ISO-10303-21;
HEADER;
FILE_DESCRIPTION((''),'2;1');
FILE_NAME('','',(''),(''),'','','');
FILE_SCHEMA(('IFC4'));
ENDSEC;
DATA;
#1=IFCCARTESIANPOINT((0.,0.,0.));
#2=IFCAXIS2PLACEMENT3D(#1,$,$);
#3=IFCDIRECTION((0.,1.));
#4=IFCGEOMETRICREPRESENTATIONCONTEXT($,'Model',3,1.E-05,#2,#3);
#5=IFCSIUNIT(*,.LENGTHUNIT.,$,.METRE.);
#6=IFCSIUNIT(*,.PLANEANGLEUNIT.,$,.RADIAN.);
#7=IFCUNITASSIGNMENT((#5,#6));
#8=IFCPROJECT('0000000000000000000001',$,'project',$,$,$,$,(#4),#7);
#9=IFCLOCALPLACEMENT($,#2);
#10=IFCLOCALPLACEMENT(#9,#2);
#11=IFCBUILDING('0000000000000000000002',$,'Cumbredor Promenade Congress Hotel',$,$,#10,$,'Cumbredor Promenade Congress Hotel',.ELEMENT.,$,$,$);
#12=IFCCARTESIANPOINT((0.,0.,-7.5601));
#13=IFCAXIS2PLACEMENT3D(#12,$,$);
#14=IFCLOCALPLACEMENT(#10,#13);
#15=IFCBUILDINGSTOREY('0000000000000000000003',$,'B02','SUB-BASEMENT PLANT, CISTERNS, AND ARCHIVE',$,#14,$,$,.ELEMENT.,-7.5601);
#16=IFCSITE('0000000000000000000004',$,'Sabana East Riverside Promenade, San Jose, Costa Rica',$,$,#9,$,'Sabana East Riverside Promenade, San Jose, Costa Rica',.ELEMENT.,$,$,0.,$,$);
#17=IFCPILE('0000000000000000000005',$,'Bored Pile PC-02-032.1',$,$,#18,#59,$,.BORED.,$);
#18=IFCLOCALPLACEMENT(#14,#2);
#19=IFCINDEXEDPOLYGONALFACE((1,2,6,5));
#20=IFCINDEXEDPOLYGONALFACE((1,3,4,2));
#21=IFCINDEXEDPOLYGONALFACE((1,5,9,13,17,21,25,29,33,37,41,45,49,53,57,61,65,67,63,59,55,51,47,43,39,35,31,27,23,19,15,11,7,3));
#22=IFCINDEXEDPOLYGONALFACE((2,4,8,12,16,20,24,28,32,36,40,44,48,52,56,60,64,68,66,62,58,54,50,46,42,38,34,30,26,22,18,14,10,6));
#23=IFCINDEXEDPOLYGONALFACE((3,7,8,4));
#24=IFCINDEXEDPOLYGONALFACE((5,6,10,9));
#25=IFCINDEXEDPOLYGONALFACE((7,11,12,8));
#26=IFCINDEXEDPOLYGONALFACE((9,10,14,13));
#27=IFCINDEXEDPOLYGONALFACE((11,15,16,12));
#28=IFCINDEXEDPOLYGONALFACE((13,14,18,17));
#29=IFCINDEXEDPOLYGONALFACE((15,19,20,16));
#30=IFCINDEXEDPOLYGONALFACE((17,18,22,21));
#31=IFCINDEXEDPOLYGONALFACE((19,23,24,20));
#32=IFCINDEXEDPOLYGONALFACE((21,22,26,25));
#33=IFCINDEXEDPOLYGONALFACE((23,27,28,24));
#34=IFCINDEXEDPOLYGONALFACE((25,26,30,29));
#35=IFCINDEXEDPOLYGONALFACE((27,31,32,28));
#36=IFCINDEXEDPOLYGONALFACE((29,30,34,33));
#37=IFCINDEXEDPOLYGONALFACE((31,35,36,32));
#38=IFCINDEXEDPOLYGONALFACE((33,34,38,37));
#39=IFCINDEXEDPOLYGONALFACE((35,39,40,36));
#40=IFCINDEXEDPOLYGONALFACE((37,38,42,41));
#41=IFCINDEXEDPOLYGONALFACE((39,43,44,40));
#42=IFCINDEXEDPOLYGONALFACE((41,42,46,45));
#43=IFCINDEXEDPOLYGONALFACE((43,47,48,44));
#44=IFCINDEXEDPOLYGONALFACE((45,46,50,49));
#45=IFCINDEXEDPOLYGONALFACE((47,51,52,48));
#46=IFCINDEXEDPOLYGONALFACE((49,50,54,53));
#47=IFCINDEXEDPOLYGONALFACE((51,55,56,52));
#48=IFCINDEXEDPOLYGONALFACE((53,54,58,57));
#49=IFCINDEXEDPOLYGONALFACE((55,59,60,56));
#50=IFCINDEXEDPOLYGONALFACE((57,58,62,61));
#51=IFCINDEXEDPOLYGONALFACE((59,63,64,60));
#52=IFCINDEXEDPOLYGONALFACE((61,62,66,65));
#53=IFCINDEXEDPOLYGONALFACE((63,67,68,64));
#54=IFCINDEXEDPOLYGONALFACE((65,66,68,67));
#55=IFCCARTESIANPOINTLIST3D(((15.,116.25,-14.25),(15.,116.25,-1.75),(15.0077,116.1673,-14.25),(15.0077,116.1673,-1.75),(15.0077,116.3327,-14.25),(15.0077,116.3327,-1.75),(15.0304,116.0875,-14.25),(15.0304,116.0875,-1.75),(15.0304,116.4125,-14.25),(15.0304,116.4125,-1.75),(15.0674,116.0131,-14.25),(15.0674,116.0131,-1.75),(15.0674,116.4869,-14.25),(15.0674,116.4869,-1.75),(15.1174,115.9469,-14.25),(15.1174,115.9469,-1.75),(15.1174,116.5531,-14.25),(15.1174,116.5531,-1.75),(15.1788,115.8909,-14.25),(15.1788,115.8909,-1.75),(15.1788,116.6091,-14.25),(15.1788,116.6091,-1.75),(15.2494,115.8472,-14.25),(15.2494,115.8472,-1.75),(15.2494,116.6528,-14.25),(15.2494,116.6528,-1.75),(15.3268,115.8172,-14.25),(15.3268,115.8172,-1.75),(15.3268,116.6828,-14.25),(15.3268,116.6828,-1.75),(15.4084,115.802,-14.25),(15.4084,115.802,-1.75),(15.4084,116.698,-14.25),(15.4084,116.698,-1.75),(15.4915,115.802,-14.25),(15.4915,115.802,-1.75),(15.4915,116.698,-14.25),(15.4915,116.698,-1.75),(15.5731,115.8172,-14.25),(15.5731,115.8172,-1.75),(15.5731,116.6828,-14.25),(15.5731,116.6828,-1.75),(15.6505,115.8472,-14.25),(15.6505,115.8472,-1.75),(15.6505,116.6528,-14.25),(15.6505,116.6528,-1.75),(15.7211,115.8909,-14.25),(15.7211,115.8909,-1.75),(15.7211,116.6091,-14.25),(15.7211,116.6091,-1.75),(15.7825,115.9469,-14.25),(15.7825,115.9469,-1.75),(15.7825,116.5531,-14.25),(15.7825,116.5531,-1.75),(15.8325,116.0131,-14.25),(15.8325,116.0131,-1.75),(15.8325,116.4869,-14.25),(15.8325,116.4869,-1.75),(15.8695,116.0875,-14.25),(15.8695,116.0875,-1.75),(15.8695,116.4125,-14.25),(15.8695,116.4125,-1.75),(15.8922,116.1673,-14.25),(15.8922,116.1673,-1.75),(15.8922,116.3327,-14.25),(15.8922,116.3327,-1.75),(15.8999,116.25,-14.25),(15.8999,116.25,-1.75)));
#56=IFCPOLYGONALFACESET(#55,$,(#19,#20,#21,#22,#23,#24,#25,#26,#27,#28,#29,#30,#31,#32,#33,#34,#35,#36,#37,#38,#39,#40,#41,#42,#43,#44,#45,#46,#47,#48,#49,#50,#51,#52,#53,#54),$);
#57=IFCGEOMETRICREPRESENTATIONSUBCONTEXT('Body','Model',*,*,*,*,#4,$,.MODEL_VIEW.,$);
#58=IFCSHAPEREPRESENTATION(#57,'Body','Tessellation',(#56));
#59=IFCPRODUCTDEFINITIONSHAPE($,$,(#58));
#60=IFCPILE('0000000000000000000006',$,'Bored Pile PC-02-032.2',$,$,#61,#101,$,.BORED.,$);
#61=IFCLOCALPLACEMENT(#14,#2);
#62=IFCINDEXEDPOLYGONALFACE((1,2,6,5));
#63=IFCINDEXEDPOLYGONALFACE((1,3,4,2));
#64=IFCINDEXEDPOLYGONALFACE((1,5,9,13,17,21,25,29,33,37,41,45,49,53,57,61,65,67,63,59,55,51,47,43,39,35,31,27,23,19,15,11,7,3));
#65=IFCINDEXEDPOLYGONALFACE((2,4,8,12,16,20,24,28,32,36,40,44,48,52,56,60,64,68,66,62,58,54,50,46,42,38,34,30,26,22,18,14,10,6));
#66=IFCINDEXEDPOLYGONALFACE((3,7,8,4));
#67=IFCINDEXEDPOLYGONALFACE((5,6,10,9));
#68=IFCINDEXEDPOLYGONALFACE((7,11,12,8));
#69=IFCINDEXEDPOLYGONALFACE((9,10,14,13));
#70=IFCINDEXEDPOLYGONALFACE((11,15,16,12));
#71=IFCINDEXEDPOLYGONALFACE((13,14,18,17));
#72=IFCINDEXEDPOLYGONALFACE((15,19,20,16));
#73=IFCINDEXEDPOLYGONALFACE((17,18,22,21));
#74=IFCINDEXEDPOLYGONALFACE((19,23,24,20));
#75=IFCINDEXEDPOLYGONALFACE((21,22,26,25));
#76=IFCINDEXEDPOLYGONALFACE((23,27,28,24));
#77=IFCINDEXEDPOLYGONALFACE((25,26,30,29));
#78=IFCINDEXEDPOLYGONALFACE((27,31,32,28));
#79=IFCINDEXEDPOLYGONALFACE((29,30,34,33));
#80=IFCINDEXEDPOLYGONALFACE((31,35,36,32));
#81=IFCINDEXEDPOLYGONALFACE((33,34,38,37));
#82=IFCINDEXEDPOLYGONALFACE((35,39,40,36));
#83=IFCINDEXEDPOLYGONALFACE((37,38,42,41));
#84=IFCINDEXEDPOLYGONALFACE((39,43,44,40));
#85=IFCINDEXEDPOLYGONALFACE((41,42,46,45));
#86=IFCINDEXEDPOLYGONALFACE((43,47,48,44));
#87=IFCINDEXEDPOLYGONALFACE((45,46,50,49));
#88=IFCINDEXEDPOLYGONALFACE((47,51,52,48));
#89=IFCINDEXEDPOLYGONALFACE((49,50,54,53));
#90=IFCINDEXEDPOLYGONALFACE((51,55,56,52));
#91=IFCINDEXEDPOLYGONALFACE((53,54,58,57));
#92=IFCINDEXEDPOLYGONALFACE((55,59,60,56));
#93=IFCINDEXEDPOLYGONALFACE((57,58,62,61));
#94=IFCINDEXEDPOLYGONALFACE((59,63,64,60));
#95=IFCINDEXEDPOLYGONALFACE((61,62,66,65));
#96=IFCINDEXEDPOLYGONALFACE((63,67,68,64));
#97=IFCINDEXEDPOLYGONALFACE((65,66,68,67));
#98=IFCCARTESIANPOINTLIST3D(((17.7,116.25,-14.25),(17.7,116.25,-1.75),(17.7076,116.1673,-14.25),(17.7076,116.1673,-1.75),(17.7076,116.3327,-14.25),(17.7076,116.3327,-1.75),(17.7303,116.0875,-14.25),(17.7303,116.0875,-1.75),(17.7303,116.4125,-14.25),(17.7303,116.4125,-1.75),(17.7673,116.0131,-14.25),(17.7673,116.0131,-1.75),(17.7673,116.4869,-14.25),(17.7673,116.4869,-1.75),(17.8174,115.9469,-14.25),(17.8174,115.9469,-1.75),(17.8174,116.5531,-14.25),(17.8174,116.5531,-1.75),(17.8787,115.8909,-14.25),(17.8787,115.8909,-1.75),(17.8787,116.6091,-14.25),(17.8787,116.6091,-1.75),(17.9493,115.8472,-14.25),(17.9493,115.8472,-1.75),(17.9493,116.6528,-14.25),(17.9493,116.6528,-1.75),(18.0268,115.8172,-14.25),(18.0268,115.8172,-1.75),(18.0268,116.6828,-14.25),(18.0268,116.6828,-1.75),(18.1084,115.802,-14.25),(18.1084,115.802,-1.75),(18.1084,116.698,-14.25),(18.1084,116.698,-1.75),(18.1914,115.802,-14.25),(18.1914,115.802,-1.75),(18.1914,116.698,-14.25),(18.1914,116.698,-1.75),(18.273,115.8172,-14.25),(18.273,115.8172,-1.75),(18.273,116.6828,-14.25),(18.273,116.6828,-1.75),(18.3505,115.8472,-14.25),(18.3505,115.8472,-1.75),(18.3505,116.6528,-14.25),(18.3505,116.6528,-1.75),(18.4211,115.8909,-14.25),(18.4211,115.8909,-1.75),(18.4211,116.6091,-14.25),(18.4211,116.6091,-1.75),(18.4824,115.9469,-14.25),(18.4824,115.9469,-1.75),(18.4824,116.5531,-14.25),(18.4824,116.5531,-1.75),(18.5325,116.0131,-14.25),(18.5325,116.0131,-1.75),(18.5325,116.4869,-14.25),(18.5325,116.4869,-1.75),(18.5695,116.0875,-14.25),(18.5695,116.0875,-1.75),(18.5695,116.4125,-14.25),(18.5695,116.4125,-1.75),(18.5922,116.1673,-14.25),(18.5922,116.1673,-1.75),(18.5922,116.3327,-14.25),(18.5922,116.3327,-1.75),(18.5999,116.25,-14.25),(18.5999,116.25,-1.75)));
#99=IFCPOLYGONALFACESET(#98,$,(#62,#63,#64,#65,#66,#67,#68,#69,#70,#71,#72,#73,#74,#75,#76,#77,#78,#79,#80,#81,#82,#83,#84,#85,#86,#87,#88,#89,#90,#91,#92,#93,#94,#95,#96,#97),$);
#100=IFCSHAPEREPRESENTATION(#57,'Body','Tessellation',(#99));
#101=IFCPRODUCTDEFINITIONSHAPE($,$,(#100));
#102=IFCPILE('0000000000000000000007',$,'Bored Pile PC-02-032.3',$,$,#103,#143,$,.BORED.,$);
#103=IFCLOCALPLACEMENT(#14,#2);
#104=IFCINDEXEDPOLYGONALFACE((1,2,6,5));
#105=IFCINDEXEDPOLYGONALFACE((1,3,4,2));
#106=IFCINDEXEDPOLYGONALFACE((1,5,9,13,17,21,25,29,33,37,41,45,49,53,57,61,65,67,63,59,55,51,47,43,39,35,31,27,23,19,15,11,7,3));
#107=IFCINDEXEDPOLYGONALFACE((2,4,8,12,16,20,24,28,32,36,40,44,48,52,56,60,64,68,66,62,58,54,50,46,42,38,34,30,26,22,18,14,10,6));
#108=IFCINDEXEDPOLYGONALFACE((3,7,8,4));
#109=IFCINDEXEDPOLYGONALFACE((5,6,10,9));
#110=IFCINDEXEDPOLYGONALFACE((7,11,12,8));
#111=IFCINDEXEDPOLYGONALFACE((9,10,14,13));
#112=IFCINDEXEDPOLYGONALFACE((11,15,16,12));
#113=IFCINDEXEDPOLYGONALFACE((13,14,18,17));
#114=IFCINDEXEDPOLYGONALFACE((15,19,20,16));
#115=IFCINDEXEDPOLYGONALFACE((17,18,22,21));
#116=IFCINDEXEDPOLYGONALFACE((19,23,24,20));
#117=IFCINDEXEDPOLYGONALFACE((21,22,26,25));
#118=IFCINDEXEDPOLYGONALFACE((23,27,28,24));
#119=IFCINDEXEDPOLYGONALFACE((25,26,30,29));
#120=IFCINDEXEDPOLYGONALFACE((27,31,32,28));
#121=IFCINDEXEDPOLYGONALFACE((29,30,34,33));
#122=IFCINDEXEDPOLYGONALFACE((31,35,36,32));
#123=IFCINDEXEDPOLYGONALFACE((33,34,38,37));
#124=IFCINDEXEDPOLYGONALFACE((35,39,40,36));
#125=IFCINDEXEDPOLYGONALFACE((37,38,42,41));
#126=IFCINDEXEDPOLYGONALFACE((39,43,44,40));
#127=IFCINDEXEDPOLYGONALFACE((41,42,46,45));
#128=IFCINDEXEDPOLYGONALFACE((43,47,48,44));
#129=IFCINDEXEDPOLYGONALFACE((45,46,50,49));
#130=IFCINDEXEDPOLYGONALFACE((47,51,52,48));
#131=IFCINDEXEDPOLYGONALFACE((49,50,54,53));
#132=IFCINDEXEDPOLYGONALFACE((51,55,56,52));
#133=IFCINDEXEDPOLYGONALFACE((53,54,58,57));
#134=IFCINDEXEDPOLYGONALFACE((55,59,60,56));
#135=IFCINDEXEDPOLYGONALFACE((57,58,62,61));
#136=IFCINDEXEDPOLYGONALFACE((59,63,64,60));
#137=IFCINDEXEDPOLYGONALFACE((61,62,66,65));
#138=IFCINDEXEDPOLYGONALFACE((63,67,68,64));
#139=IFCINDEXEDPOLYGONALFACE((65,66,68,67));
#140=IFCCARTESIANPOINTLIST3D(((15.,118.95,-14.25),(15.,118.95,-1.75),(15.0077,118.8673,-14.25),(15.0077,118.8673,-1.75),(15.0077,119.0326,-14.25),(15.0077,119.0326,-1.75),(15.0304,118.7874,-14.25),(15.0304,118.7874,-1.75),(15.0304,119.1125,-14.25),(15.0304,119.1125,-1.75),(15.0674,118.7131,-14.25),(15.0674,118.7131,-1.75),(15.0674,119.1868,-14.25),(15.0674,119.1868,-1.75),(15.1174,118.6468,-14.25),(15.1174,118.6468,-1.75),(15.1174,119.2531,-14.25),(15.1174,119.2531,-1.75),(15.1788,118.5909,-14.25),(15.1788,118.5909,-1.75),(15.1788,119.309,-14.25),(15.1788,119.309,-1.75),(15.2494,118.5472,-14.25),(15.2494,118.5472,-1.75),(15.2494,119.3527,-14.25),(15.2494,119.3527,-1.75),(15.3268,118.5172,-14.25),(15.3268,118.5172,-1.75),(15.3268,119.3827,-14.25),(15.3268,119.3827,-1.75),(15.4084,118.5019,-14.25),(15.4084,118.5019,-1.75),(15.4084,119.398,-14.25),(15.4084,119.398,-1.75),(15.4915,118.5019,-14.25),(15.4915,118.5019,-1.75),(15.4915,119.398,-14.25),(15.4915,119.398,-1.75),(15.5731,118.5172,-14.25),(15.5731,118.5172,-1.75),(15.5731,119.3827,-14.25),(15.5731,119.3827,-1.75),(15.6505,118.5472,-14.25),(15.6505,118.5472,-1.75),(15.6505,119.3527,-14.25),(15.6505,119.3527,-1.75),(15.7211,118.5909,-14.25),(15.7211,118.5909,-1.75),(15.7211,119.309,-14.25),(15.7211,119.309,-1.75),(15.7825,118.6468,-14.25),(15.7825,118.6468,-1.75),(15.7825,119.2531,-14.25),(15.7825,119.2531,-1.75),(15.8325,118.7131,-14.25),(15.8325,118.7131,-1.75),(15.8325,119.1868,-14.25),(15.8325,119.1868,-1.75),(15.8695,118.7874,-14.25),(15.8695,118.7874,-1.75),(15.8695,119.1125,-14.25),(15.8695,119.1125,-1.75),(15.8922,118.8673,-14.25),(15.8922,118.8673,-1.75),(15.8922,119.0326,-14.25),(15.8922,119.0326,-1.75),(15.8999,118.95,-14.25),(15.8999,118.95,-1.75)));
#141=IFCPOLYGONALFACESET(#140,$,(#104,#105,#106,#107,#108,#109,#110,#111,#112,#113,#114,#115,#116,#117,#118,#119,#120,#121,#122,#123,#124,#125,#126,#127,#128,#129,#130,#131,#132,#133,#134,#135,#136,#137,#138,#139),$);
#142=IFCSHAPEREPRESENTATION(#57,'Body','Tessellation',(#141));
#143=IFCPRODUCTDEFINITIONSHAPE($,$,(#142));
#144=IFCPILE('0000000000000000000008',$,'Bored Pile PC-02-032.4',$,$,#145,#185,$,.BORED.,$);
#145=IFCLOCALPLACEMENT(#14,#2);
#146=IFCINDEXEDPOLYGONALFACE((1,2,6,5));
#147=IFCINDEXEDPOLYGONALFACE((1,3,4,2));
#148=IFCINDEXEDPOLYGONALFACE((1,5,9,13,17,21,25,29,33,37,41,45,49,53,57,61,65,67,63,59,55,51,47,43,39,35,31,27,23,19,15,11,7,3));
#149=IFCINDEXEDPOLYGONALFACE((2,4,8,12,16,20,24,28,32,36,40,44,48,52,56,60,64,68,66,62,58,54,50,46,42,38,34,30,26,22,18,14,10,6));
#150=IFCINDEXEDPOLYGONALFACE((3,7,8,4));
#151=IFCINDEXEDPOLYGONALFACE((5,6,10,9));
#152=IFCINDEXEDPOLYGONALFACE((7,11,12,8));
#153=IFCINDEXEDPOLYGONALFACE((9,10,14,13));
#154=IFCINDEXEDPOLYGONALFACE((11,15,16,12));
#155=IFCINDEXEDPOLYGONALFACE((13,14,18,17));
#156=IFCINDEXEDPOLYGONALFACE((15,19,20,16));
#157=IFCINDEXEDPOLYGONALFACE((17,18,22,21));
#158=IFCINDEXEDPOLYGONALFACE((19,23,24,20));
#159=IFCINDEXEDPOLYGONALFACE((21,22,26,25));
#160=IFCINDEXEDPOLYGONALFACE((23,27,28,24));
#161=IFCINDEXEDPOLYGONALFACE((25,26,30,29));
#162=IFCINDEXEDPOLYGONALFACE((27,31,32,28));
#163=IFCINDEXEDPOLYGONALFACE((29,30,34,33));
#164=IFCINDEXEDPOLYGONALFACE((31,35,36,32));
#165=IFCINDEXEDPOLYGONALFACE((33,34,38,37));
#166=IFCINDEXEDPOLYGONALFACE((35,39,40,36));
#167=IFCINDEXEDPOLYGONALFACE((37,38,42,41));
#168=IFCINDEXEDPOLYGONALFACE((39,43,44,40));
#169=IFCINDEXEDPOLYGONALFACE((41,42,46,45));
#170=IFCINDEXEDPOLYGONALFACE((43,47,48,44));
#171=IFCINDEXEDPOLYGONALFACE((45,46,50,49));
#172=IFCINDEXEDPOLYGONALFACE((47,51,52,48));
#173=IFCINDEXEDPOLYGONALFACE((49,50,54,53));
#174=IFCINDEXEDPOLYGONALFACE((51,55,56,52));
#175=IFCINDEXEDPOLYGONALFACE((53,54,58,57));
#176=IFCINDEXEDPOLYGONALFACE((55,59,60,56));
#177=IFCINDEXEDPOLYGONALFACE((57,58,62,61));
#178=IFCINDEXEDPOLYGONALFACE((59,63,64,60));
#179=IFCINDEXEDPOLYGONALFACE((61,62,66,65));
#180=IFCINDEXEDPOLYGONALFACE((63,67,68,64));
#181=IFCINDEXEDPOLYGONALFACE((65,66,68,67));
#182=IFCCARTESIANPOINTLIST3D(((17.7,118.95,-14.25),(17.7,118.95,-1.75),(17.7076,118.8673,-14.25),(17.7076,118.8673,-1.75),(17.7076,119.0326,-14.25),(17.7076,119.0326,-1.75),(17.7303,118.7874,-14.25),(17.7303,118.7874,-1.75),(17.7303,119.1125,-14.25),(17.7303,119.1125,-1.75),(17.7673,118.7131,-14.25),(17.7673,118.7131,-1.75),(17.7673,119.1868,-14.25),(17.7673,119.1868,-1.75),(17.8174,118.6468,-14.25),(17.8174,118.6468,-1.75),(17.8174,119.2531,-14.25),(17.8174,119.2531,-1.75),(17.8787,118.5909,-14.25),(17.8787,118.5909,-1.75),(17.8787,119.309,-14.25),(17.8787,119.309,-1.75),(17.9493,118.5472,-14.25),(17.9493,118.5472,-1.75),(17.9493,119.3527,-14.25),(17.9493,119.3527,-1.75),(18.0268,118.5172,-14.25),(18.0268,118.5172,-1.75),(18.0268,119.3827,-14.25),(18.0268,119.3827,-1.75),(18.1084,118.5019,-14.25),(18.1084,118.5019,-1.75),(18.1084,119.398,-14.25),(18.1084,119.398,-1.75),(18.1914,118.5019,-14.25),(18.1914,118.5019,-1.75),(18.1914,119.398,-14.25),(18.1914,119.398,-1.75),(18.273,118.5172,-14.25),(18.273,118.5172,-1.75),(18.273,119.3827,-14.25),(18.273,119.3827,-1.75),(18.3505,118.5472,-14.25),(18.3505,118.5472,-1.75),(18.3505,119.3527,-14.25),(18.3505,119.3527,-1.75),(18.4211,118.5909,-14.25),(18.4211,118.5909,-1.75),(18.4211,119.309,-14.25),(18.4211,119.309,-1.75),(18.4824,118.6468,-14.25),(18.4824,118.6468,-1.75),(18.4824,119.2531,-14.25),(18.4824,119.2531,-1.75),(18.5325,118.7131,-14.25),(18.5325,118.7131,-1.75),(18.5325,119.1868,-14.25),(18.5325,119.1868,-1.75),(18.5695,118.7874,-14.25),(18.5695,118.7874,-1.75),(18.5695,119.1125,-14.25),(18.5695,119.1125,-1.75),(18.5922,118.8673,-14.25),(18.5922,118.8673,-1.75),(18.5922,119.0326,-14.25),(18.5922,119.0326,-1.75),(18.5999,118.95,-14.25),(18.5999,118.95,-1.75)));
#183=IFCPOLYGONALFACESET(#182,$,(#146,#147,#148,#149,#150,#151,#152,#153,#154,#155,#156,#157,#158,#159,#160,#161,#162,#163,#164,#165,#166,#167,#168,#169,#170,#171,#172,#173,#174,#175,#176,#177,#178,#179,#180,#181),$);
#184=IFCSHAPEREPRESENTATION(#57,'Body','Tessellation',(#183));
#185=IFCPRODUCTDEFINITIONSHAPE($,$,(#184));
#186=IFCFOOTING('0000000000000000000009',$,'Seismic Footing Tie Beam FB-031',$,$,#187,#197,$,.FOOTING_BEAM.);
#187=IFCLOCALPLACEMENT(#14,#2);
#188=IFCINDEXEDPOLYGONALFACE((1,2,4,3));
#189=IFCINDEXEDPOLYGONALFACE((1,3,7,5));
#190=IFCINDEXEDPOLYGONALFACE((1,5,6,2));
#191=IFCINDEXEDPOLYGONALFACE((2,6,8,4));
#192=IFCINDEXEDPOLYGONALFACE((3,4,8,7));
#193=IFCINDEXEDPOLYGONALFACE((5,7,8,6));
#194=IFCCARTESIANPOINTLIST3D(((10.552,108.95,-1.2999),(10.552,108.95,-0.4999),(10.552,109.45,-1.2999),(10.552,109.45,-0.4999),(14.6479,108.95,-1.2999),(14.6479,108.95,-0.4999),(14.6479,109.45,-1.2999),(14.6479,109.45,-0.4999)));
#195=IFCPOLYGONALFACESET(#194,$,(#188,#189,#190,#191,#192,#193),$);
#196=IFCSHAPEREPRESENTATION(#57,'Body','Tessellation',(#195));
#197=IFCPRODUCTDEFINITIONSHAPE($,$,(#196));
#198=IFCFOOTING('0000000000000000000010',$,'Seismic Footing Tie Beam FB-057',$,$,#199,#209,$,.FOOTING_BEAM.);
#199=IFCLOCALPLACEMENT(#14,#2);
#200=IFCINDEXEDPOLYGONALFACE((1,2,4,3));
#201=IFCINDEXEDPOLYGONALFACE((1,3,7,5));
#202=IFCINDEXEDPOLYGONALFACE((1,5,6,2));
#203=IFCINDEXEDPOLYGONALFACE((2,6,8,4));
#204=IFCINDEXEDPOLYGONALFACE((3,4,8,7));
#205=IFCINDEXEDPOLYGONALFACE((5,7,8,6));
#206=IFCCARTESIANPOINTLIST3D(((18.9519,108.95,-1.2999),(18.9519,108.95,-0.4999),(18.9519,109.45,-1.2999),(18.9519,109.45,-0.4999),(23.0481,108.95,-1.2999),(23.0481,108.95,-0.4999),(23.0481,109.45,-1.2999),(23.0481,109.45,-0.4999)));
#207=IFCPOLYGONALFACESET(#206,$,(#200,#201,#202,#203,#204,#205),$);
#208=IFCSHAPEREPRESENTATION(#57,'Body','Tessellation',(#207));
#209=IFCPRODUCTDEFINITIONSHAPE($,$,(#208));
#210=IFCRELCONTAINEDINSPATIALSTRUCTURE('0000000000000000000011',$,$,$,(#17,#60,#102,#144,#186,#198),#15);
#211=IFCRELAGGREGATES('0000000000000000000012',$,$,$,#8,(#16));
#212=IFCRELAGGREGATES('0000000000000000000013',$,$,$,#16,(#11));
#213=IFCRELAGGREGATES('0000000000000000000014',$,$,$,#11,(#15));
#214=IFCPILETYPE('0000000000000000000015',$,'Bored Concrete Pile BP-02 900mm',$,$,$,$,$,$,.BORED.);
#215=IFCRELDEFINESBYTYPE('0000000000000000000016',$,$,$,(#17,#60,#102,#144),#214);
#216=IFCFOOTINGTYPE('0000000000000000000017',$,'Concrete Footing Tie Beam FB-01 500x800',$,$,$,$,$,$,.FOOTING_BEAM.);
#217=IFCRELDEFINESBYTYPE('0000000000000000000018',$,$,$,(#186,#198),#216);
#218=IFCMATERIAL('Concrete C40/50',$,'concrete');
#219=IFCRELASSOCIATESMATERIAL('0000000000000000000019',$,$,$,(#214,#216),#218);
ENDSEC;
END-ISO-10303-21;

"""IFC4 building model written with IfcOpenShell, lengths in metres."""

from ifc_helpers import new_model, si_unit, direction, frame, origin, origin_2d, place, context, subcontext, project, spatial, rectangle, circle, extrude, material, material_profile, profile_set, type_object, element, save


model = new_model("IFC4")

# Units and contexts
model_context = context("Model", 3, precision=1e-05, world=origin(), true_north=direction((0.0, 1.0)))
body_context = subcontext(model_context, "Body", "Model", "MODEL_VIEW")
ifc_project = project(units=[si_unit("LENGTHUNIT", "METRE"), si_unit("PLANEANGLEUNIT", "RADIAN")], contexts=[model_context])

# Site, building, storey
site_placement = place(None, origin())
site = spatial("IfcSite", under=ifc_project, at=site_placement, Name="Sabana East Riverside Promenade, San Jose, Costa Rica", LongName="Sabana East Riverside Promenade, San Jose, Costa Rica", CompositionType="ELEMENT", RefElevation=0.0)
building_placement = place(site_placement, origin())
building = spatial("IfcBuilding", under=site, at=building_placement, Name="Cumbredor Promenade Congress Hotel", LongName="Cumbredor Promenade Congress Hotel", CompositionType="ELEMENT")
storey_placement = place(building_placement, frame((0.0, 0.0, -7.5601)))
storey = spatial("IfcBuildingStorey", under=building, at=storey_placement, Name="B02", Description="SUB-BASEMENT PLANT, CISTERNS, AND ARCHIVE", CompositionType="ELEMENT", Elevation=-7.5601)

# Piles
ifc_material_1 = material(Name="Concrete C40/50", Category="concrete")
ifc_material_profile_1 = material_profile(ifc_material_1, circle(Radius=0.45, at=origin_2d()), Name="PILE D900")
ifc_profile_set_1 = profile_set([ifc_material_profile_1], Name="Concrete C40/50")
pile_type = type_object("IfcPileType", Name="Bored Concrete Pile BP-02 900mm", PredefinedType="BORED", material=ifc_profile_set_1)
for number, where, z_axis, x_axis, name in (
    (1, (15.45, 116.25, -1.75), (0.0, 0.0, -1.0), (1.0, 0.0, 0.0), "Bored Pile PC-02-032.1"),
    (2, (18.1499, 116.25, -1.75), (0.0, 0.0, -1.0), (1.0, 0.0, 0.0), "Bored Pile PC-02-032.2"),
    (3, (15.45, 118.95, -1.75), (0.0, 0.0, -1.0), (1.0, 0.0, 0.0), "Bored Pile PC-02-032.3"),
    (4, (18.1499, 118.95, -1.75), (0.0, 0.0, -1.0), (1.0, 0.0, 0.0), "Bored Pile PC-02-032.4"),
):
    element("IfcPile", number, at=place(storey_placement, frame(where, z_axis=z_axis, x_axis=x_axis)), inside=storey, type_object=pile_type, Name=name, PredefinedType="BORED", context=body_context, shape_type="SweptSolid", body=[
        extrude(circle(Radius=0.45, at=origin_2d()), origin(), (0.0, 0.0, 1.0), 12.5),
    ])

# Footings
ifc_material_profile_2 = material_profile(ifc_material_1, rectangle(XDim=0.5, YDim=0.8, at=origin_2d()), Name="FB 500x800")
ifc_profile_set_2 = profile_set([ifc_material_profile_2], Name="Concrete C40/50")
footing_type_1 = type_object("IfcFootingType", Name="Concrete Footing Tie Beam FB-01 500x800", PredefinedType="FOOTING_BEAM", material=ifc_profile_set_2)
footing_1_placement = place(storey_placement, frame((10.552, 109.2, -0.8999), z_axis=(1.0, 0.0, 0.0), x_axis=(0.0, 1.0, 0.0)))
element("IfcFooting", 5, at=footing_1_placement, inside=storey, type_object=footing_type_1, Name="Seismic Footing Tie Beam FB-031", PredefinedType="FOOTING_BEAM", context=body_context, shape_type="SweptSolid", body=[
    extrude(rectangle(XDim=0.5, YDim=0.8, at=origin_2d()), origin(), (0.0, 0.0, 1.0), 4.0959),
])
footing_2_placement = place(storey_placement, frame((18.9519, 109.2, -0.8999), z_axis=(1.0, 0.0, 0.0), x_axis=(0.0, 1.0, 0.0)))
element("IfcFooting", 6, at=footing_2_placement, inside=storey, type_object=footing_type_1, Name="Seismic Footing Tie Beam FB-057", PredefinedType="FOOTING_BEAM", context=body_context, shape_type="SweptSolid", body=[
    extrude(rectangle(XDim=0.5, YDim=0.8, at=origin_2d()), origin(), (0.0, 0.0, 1.0), 4.0962),
])

save(model, "model.ifc")
